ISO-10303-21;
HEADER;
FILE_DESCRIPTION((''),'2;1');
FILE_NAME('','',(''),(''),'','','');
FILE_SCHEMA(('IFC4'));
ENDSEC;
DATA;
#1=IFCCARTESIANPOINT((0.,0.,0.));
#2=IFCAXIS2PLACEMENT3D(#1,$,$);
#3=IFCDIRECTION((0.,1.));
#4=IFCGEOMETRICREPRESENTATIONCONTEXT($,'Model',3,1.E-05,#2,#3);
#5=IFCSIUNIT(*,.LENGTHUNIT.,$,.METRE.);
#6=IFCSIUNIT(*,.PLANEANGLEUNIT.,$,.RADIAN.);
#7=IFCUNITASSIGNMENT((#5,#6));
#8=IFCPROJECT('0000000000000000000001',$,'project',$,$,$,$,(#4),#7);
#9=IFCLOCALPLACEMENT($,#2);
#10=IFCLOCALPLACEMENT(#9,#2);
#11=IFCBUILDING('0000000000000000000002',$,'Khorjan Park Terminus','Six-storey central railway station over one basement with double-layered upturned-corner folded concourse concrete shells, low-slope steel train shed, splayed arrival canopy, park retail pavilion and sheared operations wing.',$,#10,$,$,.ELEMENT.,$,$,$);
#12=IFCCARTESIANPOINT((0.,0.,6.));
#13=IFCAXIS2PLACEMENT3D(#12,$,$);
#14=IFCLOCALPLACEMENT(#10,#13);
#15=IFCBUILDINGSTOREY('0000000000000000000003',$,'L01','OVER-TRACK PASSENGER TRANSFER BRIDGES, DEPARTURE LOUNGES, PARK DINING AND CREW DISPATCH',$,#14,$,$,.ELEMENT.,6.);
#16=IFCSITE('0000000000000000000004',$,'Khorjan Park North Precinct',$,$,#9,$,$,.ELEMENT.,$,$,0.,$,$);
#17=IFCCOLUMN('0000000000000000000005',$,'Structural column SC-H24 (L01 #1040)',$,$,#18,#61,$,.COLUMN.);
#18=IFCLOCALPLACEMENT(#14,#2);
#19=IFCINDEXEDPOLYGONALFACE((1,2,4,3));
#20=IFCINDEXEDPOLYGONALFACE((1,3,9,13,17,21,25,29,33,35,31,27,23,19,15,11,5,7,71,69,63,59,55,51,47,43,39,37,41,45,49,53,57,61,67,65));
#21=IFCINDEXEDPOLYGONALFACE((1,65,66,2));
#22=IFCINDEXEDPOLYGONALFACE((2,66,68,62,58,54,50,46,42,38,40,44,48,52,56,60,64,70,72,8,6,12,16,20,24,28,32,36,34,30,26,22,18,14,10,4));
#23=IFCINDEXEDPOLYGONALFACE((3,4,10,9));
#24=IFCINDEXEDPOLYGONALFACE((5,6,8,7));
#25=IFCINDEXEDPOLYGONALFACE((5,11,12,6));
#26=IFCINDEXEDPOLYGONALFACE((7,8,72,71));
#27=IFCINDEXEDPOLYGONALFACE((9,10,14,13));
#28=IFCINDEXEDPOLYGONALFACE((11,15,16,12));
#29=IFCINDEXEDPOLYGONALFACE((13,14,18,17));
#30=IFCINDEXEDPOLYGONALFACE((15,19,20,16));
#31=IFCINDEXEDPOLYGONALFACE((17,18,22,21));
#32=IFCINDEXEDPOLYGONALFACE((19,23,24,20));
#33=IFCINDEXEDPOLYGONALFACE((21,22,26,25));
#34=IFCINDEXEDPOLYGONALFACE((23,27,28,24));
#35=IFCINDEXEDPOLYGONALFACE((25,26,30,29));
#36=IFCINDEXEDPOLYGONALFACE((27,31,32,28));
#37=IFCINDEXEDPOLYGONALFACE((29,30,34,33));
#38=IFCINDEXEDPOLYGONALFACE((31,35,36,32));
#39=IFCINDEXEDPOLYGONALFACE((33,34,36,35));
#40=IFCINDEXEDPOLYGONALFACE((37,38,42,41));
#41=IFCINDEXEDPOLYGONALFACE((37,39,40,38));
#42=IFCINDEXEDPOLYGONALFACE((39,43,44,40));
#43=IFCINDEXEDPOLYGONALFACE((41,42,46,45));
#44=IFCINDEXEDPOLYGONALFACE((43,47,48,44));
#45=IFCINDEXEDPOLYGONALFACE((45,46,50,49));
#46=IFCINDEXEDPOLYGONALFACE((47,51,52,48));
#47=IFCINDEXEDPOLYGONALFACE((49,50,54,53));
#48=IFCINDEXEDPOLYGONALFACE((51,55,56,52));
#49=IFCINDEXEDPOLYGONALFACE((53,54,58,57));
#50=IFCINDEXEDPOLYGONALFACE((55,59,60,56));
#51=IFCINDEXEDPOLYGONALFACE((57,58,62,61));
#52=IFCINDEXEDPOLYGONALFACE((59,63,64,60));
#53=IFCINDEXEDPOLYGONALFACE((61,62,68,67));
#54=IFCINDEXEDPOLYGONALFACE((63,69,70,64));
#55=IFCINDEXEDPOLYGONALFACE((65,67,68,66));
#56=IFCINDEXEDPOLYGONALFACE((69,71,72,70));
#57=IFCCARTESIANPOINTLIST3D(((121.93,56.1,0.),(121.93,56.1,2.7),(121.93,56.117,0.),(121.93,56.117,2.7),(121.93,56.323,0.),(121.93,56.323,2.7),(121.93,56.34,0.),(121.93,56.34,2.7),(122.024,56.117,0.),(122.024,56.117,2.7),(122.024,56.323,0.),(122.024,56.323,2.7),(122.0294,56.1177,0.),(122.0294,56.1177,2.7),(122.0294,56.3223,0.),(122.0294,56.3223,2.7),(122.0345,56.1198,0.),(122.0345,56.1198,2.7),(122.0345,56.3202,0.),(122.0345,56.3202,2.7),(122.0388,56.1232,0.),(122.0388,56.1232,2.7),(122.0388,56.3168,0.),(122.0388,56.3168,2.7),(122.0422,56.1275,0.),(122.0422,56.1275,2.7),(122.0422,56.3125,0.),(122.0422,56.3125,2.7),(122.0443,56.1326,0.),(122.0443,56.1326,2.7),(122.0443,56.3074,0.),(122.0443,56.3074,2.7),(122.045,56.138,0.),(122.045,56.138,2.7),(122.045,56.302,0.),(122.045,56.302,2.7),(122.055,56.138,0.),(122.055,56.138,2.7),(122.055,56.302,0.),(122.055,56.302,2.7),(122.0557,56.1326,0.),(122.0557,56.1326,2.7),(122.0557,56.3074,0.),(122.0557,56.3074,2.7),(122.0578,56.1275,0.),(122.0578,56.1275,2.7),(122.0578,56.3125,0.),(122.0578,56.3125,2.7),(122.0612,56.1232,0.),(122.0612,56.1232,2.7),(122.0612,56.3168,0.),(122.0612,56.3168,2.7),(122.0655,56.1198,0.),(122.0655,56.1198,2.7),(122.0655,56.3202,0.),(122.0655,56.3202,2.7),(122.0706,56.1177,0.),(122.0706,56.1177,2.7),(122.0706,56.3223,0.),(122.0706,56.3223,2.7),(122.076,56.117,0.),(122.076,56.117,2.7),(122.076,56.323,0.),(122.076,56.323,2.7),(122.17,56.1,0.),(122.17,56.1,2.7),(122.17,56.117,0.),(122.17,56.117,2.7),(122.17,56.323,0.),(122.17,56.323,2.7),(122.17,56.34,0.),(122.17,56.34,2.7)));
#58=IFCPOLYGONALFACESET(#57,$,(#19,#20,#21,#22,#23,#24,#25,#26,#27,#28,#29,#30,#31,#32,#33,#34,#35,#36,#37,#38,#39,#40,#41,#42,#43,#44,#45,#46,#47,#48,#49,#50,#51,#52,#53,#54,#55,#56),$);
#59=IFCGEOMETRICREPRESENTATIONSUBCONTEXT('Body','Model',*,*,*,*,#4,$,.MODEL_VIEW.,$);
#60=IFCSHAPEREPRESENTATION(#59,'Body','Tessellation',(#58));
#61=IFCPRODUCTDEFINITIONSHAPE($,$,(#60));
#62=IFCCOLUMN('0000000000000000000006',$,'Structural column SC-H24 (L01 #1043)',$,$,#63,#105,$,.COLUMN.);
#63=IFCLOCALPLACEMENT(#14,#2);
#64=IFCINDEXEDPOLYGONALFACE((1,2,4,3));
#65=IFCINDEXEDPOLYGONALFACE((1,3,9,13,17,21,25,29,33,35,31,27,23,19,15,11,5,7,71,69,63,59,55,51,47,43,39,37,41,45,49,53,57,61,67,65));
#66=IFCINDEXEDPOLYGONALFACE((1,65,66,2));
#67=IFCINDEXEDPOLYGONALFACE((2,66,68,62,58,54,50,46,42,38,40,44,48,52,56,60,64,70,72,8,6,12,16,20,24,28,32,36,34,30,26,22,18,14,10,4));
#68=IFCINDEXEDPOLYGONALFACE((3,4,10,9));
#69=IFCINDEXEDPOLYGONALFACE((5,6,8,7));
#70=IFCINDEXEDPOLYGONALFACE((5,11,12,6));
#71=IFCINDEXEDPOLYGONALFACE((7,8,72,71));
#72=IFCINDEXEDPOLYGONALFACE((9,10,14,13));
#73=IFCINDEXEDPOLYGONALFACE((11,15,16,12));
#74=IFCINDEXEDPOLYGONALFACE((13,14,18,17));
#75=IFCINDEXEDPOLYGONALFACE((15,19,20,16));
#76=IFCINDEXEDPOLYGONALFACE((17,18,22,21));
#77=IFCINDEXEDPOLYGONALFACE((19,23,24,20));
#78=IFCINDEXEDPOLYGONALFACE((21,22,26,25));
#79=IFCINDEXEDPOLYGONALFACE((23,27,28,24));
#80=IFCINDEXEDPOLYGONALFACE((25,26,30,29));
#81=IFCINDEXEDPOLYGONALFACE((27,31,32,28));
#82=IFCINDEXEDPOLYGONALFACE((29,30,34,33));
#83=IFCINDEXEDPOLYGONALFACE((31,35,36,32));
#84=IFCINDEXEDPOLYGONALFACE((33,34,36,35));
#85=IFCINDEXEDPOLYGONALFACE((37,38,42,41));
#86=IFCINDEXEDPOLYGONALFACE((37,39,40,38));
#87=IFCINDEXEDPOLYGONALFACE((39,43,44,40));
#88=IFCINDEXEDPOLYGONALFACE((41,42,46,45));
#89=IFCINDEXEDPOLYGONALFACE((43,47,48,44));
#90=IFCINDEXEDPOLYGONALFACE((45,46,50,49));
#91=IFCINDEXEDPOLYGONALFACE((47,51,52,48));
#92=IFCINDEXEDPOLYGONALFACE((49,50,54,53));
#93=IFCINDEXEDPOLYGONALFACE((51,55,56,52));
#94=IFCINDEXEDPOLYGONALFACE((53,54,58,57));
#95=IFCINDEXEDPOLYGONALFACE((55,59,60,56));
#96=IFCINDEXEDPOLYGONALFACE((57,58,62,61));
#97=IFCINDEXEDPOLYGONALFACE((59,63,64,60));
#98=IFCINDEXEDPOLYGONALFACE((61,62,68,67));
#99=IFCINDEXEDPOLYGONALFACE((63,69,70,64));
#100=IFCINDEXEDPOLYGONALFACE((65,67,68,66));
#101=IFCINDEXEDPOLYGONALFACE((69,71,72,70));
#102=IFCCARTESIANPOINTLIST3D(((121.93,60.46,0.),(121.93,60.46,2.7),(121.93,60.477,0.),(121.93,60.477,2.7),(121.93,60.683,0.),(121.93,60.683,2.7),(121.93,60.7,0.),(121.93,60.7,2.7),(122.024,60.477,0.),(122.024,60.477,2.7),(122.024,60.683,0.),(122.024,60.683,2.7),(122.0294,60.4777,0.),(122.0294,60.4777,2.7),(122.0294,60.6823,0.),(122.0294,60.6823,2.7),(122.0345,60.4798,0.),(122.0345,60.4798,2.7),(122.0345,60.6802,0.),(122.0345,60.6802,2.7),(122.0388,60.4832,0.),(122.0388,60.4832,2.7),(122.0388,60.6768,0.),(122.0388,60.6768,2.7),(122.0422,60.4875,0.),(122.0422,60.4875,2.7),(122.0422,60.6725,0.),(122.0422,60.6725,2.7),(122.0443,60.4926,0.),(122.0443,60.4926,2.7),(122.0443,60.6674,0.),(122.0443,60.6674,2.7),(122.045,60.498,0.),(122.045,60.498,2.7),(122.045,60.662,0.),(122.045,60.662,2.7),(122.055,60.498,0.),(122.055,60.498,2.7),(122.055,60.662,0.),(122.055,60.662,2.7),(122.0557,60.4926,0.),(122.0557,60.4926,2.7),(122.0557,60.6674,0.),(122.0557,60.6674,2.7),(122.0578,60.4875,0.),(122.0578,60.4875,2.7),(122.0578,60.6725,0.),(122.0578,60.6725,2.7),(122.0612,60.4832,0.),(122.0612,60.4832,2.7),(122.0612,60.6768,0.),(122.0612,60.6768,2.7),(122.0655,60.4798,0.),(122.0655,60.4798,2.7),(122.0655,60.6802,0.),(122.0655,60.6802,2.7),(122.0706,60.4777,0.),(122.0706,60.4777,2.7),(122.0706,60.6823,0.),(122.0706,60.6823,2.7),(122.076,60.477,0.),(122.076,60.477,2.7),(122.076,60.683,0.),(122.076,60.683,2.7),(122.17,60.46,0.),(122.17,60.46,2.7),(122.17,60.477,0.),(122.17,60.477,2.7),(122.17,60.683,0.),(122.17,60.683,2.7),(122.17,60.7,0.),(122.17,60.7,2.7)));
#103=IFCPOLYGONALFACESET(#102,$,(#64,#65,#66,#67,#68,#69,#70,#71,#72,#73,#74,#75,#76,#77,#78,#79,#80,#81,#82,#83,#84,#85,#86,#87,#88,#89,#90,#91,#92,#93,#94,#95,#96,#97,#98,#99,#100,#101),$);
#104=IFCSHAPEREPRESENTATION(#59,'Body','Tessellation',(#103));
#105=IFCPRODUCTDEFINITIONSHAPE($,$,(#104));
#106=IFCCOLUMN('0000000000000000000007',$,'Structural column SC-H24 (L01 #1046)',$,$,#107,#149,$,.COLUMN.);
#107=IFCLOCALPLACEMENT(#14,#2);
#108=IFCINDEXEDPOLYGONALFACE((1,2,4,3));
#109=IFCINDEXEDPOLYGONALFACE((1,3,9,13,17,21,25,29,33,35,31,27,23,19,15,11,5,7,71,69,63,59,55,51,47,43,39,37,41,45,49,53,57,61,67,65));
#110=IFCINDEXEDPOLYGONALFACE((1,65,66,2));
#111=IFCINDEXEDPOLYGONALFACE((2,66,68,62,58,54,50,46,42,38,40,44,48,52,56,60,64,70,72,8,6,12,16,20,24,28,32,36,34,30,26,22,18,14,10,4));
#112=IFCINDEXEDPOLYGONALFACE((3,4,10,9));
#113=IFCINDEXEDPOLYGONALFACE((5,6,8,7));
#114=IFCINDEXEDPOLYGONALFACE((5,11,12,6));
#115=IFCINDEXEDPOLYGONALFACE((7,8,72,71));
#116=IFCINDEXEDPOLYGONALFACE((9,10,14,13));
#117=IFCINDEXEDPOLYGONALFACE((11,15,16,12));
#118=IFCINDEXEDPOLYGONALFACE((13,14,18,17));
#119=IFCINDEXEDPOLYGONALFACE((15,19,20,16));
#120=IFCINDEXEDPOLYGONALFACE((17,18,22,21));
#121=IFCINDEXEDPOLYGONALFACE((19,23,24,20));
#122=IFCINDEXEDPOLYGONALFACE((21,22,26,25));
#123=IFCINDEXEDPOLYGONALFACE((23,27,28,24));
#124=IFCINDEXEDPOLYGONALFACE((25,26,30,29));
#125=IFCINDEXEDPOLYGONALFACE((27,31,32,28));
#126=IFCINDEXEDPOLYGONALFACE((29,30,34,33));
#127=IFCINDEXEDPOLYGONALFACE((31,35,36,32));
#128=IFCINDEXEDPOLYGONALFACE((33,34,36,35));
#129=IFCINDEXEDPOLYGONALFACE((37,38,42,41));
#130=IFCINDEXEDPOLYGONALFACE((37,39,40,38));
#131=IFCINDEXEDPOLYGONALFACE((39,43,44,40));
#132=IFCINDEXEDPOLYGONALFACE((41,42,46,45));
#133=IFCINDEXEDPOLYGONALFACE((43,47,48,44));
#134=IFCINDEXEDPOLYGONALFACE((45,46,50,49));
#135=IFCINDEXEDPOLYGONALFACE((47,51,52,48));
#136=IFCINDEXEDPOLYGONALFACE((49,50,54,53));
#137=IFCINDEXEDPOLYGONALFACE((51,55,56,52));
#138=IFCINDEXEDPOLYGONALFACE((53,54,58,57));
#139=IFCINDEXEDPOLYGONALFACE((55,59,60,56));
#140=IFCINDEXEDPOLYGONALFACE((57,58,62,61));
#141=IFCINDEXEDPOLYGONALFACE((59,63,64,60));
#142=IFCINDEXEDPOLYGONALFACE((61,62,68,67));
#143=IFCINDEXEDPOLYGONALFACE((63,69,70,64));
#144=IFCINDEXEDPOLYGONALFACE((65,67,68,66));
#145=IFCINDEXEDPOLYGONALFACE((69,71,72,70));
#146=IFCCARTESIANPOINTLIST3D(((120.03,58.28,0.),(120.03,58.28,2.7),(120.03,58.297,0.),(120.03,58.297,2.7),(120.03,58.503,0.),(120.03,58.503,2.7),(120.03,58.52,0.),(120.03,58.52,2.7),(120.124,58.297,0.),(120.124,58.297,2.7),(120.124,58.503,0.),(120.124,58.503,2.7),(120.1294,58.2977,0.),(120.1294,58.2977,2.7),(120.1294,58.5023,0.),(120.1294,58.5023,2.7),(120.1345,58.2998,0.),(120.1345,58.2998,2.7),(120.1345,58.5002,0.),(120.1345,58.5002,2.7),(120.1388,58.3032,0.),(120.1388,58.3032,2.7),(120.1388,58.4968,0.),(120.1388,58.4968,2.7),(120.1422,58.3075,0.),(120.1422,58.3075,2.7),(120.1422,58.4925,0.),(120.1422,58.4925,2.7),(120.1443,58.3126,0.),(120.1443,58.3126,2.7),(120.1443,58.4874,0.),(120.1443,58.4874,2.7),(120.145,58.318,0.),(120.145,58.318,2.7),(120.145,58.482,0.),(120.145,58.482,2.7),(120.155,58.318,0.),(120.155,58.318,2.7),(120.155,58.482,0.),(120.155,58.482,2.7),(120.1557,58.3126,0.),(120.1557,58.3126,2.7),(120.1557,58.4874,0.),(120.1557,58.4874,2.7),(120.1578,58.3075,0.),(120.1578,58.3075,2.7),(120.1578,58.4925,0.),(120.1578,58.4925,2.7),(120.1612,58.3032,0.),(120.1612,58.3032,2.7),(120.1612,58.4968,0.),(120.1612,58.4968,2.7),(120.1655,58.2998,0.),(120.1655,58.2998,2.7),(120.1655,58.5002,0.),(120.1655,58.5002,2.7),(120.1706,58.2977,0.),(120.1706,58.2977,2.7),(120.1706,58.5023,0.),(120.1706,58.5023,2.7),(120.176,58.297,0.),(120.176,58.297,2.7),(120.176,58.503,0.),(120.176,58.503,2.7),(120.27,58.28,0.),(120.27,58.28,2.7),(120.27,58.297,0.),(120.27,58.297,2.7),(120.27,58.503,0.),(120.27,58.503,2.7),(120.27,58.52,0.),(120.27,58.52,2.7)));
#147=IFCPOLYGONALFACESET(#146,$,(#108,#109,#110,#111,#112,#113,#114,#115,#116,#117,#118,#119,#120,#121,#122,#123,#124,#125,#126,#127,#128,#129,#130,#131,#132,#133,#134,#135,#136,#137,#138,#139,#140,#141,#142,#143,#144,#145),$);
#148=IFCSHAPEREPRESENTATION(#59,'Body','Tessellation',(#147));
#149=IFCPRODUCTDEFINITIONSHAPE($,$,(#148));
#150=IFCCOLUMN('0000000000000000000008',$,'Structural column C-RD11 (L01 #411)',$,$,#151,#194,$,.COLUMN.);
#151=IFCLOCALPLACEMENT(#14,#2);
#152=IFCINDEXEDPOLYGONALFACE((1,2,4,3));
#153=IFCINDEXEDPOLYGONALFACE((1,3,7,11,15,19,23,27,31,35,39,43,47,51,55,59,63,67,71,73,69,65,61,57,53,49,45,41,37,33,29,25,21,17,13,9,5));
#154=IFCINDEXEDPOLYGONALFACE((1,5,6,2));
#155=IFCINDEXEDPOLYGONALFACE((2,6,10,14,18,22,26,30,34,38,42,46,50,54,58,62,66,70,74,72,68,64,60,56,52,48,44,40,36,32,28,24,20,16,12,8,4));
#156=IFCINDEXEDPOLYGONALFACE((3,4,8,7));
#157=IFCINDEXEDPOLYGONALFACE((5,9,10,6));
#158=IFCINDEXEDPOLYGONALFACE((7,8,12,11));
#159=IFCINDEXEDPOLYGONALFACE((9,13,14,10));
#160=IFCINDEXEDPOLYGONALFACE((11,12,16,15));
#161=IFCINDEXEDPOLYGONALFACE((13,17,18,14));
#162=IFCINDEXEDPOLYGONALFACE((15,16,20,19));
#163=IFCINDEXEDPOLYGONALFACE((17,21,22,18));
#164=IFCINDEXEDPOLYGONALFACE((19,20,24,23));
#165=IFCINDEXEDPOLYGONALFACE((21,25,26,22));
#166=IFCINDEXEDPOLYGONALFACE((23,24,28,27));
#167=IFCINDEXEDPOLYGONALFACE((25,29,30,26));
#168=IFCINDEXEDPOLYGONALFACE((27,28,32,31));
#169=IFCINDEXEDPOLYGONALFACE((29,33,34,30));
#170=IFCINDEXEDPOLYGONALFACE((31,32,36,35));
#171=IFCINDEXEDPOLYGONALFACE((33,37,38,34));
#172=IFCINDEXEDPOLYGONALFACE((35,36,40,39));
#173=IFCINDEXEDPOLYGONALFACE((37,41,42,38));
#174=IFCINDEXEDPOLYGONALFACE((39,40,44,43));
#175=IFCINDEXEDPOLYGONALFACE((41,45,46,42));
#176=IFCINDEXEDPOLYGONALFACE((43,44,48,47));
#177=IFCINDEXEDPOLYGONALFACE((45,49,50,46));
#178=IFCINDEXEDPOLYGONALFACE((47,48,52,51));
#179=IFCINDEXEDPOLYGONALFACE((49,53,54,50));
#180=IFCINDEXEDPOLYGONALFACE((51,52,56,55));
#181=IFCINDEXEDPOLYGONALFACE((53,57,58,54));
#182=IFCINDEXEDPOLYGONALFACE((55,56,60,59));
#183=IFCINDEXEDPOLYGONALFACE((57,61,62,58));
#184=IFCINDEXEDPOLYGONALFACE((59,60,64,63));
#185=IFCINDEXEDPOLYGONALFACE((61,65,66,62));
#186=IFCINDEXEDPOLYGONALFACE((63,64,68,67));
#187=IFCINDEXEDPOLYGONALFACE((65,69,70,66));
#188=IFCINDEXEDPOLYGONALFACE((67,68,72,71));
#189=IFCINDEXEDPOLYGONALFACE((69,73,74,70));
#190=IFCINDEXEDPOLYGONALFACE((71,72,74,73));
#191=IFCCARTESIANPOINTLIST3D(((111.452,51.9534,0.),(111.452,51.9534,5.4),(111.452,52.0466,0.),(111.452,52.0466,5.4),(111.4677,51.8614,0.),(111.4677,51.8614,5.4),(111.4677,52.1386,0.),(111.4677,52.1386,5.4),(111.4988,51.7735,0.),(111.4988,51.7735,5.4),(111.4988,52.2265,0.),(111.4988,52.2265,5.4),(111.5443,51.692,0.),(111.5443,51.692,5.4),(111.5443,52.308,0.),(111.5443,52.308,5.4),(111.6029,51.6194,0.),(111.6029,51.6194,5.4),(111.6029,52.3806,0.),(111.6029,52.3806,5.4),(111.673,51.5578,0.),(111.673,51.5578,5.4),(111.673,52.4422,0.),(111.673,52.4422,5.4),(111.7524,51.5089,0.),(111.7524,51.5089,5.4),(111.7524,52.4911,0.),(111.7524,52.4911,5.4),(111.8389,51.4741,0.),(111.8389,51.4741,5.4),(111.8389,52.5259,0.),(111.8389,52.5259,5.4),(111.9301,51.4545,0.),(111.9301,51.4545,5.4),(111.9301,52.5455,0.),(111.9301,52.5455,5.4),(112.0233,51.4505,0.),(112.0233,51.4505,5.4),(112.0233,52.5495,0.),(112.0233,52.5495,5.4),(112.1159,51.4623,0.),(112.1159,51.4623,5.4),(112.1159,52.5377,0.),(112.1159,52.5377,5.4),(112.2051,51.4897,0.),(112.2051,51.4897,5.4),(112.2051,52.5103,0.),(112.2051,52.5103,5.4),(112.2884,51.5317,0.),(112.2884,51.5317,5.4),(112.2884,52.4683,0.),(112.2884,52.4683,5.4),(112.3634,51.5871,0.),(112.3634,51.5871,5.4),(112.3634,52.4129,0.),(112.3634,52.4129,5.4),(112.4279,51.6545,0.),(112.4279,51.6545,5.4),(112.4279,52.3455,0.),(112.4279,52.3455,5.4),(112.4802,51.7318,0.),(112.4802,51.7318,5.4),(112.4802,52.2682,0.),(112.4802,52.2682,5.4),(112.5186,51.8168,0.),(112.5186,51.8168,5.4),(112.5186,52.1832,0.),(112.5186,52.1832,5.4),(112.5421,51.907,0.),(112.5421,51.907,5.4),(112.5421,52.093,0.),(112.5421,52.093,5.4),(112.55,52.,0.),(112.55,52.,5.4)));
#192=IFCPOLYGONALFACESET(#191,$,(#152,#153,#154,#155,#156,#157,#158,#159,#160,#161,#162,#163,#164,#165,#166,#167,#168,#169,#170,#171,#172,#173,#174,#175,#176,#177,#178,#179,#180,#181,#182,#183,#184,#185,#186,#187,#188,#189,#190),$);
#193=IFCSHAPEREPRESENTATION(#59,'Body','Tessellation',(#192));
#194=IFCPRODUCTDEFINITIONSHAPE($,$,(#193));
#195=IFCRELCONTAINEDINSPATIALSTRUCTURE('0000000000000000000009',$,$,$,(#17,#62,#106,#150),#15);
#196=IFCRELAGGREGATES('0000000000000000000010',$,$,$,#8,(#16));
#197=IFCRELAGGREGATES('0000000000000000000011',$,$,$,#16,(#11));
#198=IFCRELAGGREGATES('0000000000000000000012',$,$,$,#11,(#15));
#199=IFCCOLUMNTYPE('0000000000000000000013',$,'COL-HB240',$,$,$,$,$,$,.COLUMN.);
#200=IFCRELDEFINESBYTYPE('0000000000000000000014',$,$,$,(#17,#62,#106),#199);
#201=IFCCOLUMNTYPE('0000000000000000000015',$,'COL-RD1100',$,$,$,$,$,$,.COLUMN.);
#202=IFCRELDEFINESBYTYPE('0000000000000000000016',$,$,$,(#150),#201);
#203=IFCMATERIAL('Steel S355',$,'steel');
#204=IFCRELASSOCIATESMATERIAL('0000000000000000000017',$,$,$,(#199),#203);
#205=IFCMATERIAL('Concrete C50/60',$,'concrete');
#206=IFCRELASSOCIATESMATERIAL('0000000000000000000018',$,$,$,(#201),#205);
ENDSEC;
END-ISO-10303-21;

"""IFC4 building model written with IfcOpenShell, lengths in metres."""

from ifc_helpers import new_model, si_unit, direction, frame, origin, origin_2d, place, context, subcontext, project, spatial, circle, i_section, extrude, material, material_profile, profile_set, type_object, element, save


model = new_model("IFC4")

# Units and contexts
model_context = context("Model", 3, precision=1e-05, world=origin(), true_north=direction((0.0, 1.0)))
body_context = subcontext(model_context, "Body", "Model", "MODEL_VIEW")
ifc_project = project(units=[si_unit("LENGTHUNIT", "METRE"), si_unit("PLANEANGLEUNIT", "RADIAN")], contexts=[model_context])

# Site, building, storey
site_placement = place(None, origin())
site = spatial("IfcSite", under=ifc_project, at=site_placement, Name="Khorjan Park North Precinct", CompositionType="ELEMENT", RefElevation=0.0)
building_placement = place(site_placement, origin())
building = spatial("IfcBuilding", under=site, at=building_placement, Name="Khorjan Park Terminus", Description="Six-storey central railway station over one basement with double-layered upturned-corner folded concourse concrete shells, low-slope steel train shed, splayed arrival canopy, park retail pavilion and sheared operations wing.", CompositionType="ELEMENT")
storey_placement = place(building_placement, frame((0.0, 0.0, 6.0)))
storey = spatial("IfcBuildingStorey", under=building, at=storey_placement, Name="L01", Description="OVER-TRACK PASSENGER TRANSFER BRIDGES, DEPARTURE LOUNGES, PARK DINING AND CREW DISPATCH", CompositionType="ELEMENT", Elevation=6.0)

# Columns
ifc_material_1 = material(Name="Steel S355", Category="steel")
ifc_material_profile_1 = material_profile(ifc_material_1, i_section(OverallWidth=0.24, OverallDepth=0.24, WebThickness=0.01, FlangeThickness=0.017, FilletRadius=0.021, at=origin_2d()), Name="HEB 240")
ifc_profile_set_1 = profile_set([ifc_material_profile_1], Name="Steel S355")
column_type_1 = type_object("IfcColumnType", Name="COL-HB240", PredefinedType="COLUMN", material=ifc_profile_set_1)
for number, where, z_axis, x_axis, name in (
    (1, (122.05, 56.22, 0.0), (0.0, 0.0, 1.0), (1.0, 0.0, 0.0), "Structural column SC-H24 (L01 #1040)"),
    (2, (122.05, 60.58, 0.0), (0.0, 0.0, 1.0), (1.0, 0.0, 0.0), "Structural column SC-H24 (L01 #1043)"),
    (3, (120.15, 58.4, 0.0), (0.0, 0.0, 1.0), (1.0, 0.0, 0.0), "Structural column SC-H24 (L01 #1046)"),
):
    element("IfcColumn", number, at=place(storey_placement, frame(where, z_axis=z_axis, x_axis=x_axis)), inside=storey, type_object=column_type_1, Name=name, PredefinedType="COLUMN", context=body_context, shape_type="SweptSolid", body=[
        extrude(i_section(OverallWidth=0.24, OverallDepth=0.24, WebThickness=0.01, FlangeThickness=0.017, FilletRadius=0.021, at=origin_2d()), origin(), (0.0, 0.0, 1.0), 2.7),
    ])
ifc_material_2 = material(Name="Concrete C50/60", Category="concrete")
ifc_material_profile_2 = material_profile(ifc_material_2, circle(Radius=0.55, at=origin_2d()), Name="RC D1100")
ifc_profile_set_2 = profile_set([ifc_material_profile_2], Name="Concrete C50/60")
column_type_2 = type_object("IfcColumnType", Name="COL-RD1100", PredefinedType="COLUMN", material=ifc_profile_set_2)
for number, where, z_axis, x_axis, name in (
    (4, (112.0, 52.0, 0.0), (0.0, 0.0, 1.0), (1.0, 0.0, 0.0), "Structural column C-RD11 (L01 #411)"),
):
    element("IfcColumn", number, at=place(storey_placement, frame(where, z_axis=z_axis, x_axis=x_axis)), inside=storey, type_object=column_type_2, Name=name, PredefinedType="COLUMN", context=body_context, shape_type="SweptSolid", body=[
        extrude(circle(Radius=0.55, at=origin_2d()), origin(), (0.0, 0.0, 1.0), 5.4),
    ])

save(model, "model.ifc")
